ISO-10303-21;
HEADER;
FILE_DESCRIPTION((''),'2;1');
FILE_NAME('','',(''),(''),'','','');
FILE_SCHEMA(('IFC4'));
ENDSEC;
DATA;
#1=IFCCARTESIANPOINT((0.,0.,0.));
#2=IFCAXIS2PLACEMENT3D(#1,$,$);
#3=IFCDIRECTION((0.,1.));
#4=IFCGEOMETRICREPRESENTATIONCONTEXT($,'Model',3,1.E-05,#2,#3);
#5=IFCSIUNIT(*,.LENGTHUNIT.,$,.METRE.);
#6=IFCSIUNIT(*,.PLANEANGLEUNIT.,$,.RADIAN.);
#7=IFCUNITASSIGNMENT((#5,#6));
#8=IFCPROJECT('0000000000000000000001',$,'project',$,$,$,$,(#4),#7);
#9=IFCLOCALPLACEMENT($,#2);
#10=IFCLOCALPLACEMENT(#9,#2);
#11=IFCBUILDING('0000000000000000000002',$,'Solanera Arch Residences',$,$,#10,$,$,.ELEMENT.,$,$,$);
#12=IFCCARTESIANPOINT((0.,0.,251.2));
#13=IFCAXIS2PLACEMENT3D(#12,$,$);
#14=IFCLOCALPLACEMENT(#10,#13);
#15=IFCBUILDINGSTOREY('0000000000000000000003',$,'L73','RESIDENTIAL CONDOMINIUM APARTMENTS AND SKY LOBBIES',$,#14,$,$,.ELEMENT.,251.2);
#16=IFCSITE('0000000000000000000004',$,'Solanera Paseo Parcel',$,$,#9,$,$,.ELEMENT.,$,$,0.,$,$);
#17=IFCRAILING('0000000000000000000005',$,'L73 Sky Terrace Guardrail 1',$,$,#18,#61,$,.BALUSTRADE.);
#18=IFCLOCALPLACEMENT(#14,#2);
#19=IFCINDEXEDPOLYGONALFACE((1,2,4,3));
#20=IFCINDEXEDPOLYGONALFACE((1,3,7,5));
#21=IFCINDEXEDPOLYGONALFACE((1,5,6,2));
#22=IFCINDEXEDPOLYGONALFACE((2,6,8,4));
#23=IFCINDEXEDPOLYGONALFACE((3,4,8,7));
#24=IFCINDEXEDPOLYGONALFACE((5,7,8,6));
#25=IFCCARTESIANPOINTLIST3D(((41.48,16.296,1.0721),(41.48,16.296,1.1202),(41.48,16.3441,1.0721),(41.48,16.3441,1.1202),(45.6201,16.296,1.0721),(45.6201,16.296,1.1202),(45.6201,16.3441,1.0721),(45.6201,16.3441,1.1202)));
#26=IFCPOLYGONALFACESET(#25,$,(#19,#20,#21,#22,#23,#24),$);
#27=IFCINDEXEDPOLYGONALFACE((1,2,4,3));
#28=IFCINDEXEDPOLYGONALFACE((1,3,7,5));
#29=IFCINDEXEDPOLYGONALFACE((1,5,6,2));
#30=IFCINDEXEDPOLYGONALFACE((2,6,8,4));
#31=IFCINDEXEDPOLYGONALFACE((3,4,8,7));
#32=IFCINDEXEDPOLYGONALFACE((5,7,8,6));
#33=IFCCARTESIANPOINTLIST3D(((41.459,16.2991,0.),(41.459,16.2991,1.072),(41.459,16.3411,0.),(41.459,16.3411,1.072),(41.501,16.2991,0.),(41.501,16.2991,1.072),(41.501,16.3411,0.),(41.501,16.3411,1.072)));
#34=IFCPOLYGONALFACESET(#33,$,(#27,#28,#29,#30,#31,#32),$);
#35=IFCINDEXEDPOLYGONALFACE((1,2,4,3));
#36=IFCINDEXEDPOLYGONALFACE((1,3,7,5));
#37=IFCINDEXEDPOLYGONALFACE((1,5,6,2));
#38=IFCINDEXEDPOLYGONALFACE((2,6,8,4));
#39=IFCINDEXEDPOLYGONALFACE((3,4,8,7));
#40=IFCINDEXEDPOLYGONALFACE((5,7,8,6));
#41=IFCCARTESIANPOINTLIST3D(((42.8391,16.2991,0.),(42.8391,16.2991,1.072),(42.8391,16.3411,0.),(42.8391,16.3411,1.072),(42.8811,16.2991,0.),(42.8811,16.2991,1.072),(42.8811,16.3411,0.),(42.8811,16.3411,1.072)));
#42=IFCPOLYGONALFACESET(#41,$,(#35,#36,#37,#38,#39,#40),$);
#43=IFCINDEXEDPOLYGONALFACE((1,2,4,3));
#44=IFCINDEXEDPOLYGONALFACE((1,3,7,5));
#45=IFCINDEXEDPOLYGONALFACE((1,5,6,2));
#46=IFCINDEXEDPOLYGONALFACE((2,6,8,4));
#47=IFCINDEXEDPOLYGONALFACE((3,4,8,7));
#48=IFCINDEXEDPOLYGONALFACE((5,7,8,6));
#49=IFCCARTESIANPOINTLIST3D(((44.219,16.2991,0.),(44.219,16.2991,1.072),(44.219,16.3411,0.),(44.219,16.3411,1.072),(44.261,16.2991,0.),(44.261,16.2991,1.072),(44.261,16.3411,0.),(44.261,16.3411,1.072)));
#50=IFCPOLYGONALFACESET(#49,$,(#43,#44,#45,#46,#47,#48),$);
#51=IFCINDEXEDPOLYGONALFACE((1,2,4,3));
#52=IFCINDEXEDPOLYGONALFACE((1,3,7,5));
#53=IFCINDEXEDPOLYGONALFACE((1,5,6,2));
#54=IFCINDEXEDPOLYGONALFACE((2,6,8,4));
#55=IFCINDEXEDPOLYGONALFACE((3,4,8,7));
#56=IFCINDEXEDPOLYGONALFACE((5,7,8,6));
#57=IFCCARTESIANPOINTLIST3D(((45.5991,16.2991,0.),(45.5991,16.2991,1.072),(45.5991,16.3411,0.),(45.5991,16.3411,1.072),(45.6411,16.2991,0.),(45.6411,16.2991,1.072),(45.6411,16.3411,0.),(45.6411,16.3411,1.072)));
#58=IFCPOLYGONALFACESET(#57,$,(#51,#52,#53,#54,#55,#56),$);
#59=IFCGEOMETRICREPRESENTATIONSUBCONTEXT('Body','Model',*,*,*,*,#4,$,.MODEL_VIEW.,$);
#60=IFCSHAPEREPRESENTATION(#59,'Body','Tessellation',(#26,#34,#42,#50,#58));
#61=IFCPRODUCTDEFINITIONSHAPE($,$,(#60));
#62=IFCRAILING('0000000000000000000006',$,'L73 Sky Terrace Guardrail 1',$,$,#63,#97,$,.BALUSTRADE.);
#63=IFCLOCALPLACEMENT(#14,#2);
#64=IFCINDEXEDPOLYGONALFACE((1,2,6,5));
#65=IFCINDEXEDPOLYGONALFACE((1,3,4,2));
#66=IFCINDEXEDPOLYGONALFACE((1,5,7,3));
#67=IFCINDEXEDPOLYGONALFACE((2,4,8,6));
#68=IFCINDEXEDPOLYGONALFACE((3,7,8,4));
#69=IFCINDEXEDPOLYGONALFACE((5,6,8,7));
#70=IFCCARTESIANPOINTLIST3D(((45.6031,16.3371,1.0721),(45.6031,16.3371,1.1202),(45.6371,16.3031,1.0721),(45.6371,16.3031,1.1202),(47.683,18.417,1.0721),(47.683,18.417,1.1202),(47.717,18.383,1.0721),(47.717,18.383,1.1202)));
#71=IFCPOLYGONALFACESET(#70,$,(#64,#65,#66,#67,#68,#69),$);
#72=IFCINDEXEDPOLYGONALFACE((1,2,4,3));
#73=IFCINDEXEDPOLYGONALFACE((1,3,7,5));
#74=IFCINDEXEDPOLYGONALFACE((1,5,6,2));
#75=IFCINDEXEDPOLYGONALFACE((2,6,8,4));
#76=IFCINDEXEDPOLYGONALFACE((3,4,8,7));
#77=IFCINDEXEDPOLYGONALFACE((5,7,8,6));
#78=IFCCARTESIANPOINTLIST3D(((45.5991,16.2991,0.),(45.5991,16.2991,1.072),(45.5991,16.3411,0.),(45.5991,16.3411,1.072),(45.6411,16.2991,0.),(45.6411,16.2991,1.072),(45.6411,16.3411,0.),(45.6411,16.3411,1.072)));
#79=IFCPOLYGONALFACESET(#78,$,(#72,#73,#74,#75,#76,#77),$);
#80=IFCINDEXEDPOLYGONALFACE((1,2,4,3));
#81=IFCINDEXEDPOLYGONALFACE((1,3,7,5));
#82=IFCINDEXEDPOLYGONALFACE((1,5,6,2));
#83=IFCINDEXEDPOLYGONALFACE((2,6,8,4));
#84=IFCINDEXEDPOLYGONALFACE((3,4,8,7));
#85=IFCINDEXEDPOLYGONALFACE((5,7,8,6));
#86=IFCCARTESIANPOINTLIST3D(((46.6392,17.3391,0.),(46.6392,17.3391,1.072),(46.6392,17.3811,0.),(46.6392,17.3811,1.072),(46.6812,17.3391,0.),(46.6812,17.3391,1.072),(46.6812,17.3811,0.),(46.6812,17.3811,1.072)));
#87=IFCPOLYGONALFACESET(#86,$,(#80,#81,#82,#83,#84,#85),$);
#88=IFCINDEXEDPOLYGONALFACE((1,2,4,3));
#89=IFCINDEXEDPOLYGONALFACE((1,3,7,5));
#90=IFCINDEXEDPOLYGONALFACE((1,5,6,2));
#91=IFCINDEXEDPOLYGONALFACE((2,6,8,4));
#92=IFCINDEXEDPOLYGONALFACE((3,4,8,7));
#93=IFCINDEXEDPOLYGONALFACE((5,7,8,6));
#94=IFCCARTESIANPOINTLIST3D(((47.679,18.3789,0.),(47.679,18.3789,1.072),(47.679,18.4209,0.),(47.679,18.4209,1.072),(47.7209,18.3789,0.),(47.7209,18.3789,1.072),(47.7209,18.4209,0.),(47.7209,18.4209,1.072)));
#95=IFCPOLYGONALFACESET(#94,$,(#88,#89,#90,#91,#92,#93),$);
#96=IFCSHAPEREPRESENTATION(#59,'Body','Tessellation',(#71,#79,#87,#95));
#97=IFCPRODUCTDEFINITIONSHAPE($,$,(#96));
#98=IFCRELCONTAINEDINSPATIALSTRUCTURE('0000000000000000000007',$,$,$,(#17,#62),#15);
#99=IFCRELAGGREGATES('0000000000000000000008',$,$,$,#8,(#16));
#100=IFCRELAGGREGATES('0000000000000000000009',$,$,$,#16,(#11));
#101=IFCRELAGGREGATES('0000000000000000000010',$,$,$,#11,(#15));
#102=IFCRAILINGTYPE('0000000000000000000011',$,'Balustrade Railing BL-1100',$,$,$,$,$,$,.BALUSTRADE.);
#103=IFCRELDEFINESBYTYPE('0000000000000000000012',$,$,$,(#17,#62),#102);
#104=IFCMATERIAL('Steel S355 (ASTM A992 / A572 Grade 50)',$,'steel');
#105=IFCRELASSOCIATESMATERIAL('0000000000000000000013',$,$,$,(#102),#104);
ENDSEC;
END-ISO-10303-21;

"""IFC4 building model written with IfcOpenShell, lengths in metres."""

from ifc_helpers import new_model, si_unit, direction, frame, origin, origin_2d, place, context, subcontext, project, spatial, rectangle, extrude, material, type_object, element, save


model = new_model("IFC4")

# Units and contexts
model_context = context("Model", 3, precision=1e-05, world=origin(), true_north=direction((0.0, 1.0)))
body_context = subcontext(model_context, "Body", "Model", "MODEL_VIEW")
ifc_project = project(units=[si_unit("LENGTHUNIT", "METRE"), si_unit("PLANEANGLEUNIT", "RADIAN")], contexts=[model_context])

# Site, building, storey
site_placement = place(None, origin())
site = spatial("IfcSite", under=ifc_project, at=site_placement, Name="Solanera Paseo Parcel", CompositionType="ELEMENT", RefElevation=0.0)
building_placement = place(site_placement, origin())
building = spatial("IfcBuilding", under=site, at=building_placement, Name="Solanera Arch Residences", CompositionType="ELEMENT")
storey_placement = place(building_placement, frame((0.0, 0.0, 251.2)))
storey = spatial("IfcBuildingStorey", under=building, at=storey_placement, Name="L73", Description="RESIDENTIAL CONDOMINIUM APARTMENTS AND SKY LOBBIES", CompositionType="ELEMENT", Elevation=251.2)

# Railings
ifc_material_1 = material(Name="Steel S355 (ASTM A992 / A572 Grade 50)", Category="steel")
railing_type = type_object("IfcRailingType", Name="Balustrade Railing BL-1100", PredefinedType="BALUSTRADE", material=ifc_material_1)
railing_1_placement = place(storey_placement, frame((41.48, 16.3201, 0.0)))
element("IfcRailing", 1, at=railing_1_placement, inside=storey, type_object=railing_type, Name="L73 Sky Terrace Guardrail 1", PredefinedType="BALUSTRADE", context=body_context, shape_type="SweptSolid", body=[
    extrude(rectangle(XDim=0.0481, YDim=0.0481, at=origin_2d()), frame((0.0, 0.0, 1.0962), z_axis=(1.0, 0.0, 0.0), x_axis=(0.0, 1.0, 0.0)), (0.0, 0.0, 1.0), 4.1401),
    extrude(rectangle(XDim=0.042, YDim=0.042, at=origin_2d()), origin(), (0.0, 0.0, 1.0), 1.072),
    extrude(rectangle(XDim=0.042, YDim=0.042, at=origin_2d()), frame((1.3801, 0.0, 0.0)), (0.0, 0.0, 1.0), 1.072),
    extrude(rectangle(XDim=0.042, YDim=0.042, at=origin_2d()), frame((2.76, 0.0, 0.0)), (0.0, 0.0, 1.0), 1.072),
    extrude(rectangle(XDim=0.042, YDim=0.042, at=origin_2d()), frame((4.1401, 0.0, 0.0)), (0.0, 0.0, 1.0), 1.072),
])
railing_2_placement = place(storey_placement, frame((45.6201, 16.3201, 0.0)))
element("IfcRailing", 2, at=railing_2_placement, inside=storey, type_object=railing_type, Name="L73 Sky Terrace Guardrail 1", PredefinedType="BALUSTRADE", context=body_context, shape_type="SweptSolid", body=[
    extrude(rectangle(XDim=0.0481, YDim=0.0481, at=origin_2d()), frame((0.0, 0.0, 1.0962), z_axis=(0.707107, 0.707107, 0.0), x_axis=(-0.707107, 0.707107, 0.0)), (0.0, 0.0, 1.0), 2.9414),
    extrude(rectangle(XDim=0.042, YDim=0.042, at=origin_2d()), origin(), (0.0, 0.0, 1.0), 1.072),
    extrude(rectangle(XDim=0.042, YDim=0.042, at=origin_2d()), frame((1.04, 1.04, 0.0)), (0.0, 0.0, 1.0), 1.072),
    extrude(rectangle(XDim=0.042, YDim=0.042, at=origin_2d()), frame((2.0798, 2.0798, 0.0)), (0.0, 0.0, 1.0), 1.072),
])

save(model, "model.ifc")
